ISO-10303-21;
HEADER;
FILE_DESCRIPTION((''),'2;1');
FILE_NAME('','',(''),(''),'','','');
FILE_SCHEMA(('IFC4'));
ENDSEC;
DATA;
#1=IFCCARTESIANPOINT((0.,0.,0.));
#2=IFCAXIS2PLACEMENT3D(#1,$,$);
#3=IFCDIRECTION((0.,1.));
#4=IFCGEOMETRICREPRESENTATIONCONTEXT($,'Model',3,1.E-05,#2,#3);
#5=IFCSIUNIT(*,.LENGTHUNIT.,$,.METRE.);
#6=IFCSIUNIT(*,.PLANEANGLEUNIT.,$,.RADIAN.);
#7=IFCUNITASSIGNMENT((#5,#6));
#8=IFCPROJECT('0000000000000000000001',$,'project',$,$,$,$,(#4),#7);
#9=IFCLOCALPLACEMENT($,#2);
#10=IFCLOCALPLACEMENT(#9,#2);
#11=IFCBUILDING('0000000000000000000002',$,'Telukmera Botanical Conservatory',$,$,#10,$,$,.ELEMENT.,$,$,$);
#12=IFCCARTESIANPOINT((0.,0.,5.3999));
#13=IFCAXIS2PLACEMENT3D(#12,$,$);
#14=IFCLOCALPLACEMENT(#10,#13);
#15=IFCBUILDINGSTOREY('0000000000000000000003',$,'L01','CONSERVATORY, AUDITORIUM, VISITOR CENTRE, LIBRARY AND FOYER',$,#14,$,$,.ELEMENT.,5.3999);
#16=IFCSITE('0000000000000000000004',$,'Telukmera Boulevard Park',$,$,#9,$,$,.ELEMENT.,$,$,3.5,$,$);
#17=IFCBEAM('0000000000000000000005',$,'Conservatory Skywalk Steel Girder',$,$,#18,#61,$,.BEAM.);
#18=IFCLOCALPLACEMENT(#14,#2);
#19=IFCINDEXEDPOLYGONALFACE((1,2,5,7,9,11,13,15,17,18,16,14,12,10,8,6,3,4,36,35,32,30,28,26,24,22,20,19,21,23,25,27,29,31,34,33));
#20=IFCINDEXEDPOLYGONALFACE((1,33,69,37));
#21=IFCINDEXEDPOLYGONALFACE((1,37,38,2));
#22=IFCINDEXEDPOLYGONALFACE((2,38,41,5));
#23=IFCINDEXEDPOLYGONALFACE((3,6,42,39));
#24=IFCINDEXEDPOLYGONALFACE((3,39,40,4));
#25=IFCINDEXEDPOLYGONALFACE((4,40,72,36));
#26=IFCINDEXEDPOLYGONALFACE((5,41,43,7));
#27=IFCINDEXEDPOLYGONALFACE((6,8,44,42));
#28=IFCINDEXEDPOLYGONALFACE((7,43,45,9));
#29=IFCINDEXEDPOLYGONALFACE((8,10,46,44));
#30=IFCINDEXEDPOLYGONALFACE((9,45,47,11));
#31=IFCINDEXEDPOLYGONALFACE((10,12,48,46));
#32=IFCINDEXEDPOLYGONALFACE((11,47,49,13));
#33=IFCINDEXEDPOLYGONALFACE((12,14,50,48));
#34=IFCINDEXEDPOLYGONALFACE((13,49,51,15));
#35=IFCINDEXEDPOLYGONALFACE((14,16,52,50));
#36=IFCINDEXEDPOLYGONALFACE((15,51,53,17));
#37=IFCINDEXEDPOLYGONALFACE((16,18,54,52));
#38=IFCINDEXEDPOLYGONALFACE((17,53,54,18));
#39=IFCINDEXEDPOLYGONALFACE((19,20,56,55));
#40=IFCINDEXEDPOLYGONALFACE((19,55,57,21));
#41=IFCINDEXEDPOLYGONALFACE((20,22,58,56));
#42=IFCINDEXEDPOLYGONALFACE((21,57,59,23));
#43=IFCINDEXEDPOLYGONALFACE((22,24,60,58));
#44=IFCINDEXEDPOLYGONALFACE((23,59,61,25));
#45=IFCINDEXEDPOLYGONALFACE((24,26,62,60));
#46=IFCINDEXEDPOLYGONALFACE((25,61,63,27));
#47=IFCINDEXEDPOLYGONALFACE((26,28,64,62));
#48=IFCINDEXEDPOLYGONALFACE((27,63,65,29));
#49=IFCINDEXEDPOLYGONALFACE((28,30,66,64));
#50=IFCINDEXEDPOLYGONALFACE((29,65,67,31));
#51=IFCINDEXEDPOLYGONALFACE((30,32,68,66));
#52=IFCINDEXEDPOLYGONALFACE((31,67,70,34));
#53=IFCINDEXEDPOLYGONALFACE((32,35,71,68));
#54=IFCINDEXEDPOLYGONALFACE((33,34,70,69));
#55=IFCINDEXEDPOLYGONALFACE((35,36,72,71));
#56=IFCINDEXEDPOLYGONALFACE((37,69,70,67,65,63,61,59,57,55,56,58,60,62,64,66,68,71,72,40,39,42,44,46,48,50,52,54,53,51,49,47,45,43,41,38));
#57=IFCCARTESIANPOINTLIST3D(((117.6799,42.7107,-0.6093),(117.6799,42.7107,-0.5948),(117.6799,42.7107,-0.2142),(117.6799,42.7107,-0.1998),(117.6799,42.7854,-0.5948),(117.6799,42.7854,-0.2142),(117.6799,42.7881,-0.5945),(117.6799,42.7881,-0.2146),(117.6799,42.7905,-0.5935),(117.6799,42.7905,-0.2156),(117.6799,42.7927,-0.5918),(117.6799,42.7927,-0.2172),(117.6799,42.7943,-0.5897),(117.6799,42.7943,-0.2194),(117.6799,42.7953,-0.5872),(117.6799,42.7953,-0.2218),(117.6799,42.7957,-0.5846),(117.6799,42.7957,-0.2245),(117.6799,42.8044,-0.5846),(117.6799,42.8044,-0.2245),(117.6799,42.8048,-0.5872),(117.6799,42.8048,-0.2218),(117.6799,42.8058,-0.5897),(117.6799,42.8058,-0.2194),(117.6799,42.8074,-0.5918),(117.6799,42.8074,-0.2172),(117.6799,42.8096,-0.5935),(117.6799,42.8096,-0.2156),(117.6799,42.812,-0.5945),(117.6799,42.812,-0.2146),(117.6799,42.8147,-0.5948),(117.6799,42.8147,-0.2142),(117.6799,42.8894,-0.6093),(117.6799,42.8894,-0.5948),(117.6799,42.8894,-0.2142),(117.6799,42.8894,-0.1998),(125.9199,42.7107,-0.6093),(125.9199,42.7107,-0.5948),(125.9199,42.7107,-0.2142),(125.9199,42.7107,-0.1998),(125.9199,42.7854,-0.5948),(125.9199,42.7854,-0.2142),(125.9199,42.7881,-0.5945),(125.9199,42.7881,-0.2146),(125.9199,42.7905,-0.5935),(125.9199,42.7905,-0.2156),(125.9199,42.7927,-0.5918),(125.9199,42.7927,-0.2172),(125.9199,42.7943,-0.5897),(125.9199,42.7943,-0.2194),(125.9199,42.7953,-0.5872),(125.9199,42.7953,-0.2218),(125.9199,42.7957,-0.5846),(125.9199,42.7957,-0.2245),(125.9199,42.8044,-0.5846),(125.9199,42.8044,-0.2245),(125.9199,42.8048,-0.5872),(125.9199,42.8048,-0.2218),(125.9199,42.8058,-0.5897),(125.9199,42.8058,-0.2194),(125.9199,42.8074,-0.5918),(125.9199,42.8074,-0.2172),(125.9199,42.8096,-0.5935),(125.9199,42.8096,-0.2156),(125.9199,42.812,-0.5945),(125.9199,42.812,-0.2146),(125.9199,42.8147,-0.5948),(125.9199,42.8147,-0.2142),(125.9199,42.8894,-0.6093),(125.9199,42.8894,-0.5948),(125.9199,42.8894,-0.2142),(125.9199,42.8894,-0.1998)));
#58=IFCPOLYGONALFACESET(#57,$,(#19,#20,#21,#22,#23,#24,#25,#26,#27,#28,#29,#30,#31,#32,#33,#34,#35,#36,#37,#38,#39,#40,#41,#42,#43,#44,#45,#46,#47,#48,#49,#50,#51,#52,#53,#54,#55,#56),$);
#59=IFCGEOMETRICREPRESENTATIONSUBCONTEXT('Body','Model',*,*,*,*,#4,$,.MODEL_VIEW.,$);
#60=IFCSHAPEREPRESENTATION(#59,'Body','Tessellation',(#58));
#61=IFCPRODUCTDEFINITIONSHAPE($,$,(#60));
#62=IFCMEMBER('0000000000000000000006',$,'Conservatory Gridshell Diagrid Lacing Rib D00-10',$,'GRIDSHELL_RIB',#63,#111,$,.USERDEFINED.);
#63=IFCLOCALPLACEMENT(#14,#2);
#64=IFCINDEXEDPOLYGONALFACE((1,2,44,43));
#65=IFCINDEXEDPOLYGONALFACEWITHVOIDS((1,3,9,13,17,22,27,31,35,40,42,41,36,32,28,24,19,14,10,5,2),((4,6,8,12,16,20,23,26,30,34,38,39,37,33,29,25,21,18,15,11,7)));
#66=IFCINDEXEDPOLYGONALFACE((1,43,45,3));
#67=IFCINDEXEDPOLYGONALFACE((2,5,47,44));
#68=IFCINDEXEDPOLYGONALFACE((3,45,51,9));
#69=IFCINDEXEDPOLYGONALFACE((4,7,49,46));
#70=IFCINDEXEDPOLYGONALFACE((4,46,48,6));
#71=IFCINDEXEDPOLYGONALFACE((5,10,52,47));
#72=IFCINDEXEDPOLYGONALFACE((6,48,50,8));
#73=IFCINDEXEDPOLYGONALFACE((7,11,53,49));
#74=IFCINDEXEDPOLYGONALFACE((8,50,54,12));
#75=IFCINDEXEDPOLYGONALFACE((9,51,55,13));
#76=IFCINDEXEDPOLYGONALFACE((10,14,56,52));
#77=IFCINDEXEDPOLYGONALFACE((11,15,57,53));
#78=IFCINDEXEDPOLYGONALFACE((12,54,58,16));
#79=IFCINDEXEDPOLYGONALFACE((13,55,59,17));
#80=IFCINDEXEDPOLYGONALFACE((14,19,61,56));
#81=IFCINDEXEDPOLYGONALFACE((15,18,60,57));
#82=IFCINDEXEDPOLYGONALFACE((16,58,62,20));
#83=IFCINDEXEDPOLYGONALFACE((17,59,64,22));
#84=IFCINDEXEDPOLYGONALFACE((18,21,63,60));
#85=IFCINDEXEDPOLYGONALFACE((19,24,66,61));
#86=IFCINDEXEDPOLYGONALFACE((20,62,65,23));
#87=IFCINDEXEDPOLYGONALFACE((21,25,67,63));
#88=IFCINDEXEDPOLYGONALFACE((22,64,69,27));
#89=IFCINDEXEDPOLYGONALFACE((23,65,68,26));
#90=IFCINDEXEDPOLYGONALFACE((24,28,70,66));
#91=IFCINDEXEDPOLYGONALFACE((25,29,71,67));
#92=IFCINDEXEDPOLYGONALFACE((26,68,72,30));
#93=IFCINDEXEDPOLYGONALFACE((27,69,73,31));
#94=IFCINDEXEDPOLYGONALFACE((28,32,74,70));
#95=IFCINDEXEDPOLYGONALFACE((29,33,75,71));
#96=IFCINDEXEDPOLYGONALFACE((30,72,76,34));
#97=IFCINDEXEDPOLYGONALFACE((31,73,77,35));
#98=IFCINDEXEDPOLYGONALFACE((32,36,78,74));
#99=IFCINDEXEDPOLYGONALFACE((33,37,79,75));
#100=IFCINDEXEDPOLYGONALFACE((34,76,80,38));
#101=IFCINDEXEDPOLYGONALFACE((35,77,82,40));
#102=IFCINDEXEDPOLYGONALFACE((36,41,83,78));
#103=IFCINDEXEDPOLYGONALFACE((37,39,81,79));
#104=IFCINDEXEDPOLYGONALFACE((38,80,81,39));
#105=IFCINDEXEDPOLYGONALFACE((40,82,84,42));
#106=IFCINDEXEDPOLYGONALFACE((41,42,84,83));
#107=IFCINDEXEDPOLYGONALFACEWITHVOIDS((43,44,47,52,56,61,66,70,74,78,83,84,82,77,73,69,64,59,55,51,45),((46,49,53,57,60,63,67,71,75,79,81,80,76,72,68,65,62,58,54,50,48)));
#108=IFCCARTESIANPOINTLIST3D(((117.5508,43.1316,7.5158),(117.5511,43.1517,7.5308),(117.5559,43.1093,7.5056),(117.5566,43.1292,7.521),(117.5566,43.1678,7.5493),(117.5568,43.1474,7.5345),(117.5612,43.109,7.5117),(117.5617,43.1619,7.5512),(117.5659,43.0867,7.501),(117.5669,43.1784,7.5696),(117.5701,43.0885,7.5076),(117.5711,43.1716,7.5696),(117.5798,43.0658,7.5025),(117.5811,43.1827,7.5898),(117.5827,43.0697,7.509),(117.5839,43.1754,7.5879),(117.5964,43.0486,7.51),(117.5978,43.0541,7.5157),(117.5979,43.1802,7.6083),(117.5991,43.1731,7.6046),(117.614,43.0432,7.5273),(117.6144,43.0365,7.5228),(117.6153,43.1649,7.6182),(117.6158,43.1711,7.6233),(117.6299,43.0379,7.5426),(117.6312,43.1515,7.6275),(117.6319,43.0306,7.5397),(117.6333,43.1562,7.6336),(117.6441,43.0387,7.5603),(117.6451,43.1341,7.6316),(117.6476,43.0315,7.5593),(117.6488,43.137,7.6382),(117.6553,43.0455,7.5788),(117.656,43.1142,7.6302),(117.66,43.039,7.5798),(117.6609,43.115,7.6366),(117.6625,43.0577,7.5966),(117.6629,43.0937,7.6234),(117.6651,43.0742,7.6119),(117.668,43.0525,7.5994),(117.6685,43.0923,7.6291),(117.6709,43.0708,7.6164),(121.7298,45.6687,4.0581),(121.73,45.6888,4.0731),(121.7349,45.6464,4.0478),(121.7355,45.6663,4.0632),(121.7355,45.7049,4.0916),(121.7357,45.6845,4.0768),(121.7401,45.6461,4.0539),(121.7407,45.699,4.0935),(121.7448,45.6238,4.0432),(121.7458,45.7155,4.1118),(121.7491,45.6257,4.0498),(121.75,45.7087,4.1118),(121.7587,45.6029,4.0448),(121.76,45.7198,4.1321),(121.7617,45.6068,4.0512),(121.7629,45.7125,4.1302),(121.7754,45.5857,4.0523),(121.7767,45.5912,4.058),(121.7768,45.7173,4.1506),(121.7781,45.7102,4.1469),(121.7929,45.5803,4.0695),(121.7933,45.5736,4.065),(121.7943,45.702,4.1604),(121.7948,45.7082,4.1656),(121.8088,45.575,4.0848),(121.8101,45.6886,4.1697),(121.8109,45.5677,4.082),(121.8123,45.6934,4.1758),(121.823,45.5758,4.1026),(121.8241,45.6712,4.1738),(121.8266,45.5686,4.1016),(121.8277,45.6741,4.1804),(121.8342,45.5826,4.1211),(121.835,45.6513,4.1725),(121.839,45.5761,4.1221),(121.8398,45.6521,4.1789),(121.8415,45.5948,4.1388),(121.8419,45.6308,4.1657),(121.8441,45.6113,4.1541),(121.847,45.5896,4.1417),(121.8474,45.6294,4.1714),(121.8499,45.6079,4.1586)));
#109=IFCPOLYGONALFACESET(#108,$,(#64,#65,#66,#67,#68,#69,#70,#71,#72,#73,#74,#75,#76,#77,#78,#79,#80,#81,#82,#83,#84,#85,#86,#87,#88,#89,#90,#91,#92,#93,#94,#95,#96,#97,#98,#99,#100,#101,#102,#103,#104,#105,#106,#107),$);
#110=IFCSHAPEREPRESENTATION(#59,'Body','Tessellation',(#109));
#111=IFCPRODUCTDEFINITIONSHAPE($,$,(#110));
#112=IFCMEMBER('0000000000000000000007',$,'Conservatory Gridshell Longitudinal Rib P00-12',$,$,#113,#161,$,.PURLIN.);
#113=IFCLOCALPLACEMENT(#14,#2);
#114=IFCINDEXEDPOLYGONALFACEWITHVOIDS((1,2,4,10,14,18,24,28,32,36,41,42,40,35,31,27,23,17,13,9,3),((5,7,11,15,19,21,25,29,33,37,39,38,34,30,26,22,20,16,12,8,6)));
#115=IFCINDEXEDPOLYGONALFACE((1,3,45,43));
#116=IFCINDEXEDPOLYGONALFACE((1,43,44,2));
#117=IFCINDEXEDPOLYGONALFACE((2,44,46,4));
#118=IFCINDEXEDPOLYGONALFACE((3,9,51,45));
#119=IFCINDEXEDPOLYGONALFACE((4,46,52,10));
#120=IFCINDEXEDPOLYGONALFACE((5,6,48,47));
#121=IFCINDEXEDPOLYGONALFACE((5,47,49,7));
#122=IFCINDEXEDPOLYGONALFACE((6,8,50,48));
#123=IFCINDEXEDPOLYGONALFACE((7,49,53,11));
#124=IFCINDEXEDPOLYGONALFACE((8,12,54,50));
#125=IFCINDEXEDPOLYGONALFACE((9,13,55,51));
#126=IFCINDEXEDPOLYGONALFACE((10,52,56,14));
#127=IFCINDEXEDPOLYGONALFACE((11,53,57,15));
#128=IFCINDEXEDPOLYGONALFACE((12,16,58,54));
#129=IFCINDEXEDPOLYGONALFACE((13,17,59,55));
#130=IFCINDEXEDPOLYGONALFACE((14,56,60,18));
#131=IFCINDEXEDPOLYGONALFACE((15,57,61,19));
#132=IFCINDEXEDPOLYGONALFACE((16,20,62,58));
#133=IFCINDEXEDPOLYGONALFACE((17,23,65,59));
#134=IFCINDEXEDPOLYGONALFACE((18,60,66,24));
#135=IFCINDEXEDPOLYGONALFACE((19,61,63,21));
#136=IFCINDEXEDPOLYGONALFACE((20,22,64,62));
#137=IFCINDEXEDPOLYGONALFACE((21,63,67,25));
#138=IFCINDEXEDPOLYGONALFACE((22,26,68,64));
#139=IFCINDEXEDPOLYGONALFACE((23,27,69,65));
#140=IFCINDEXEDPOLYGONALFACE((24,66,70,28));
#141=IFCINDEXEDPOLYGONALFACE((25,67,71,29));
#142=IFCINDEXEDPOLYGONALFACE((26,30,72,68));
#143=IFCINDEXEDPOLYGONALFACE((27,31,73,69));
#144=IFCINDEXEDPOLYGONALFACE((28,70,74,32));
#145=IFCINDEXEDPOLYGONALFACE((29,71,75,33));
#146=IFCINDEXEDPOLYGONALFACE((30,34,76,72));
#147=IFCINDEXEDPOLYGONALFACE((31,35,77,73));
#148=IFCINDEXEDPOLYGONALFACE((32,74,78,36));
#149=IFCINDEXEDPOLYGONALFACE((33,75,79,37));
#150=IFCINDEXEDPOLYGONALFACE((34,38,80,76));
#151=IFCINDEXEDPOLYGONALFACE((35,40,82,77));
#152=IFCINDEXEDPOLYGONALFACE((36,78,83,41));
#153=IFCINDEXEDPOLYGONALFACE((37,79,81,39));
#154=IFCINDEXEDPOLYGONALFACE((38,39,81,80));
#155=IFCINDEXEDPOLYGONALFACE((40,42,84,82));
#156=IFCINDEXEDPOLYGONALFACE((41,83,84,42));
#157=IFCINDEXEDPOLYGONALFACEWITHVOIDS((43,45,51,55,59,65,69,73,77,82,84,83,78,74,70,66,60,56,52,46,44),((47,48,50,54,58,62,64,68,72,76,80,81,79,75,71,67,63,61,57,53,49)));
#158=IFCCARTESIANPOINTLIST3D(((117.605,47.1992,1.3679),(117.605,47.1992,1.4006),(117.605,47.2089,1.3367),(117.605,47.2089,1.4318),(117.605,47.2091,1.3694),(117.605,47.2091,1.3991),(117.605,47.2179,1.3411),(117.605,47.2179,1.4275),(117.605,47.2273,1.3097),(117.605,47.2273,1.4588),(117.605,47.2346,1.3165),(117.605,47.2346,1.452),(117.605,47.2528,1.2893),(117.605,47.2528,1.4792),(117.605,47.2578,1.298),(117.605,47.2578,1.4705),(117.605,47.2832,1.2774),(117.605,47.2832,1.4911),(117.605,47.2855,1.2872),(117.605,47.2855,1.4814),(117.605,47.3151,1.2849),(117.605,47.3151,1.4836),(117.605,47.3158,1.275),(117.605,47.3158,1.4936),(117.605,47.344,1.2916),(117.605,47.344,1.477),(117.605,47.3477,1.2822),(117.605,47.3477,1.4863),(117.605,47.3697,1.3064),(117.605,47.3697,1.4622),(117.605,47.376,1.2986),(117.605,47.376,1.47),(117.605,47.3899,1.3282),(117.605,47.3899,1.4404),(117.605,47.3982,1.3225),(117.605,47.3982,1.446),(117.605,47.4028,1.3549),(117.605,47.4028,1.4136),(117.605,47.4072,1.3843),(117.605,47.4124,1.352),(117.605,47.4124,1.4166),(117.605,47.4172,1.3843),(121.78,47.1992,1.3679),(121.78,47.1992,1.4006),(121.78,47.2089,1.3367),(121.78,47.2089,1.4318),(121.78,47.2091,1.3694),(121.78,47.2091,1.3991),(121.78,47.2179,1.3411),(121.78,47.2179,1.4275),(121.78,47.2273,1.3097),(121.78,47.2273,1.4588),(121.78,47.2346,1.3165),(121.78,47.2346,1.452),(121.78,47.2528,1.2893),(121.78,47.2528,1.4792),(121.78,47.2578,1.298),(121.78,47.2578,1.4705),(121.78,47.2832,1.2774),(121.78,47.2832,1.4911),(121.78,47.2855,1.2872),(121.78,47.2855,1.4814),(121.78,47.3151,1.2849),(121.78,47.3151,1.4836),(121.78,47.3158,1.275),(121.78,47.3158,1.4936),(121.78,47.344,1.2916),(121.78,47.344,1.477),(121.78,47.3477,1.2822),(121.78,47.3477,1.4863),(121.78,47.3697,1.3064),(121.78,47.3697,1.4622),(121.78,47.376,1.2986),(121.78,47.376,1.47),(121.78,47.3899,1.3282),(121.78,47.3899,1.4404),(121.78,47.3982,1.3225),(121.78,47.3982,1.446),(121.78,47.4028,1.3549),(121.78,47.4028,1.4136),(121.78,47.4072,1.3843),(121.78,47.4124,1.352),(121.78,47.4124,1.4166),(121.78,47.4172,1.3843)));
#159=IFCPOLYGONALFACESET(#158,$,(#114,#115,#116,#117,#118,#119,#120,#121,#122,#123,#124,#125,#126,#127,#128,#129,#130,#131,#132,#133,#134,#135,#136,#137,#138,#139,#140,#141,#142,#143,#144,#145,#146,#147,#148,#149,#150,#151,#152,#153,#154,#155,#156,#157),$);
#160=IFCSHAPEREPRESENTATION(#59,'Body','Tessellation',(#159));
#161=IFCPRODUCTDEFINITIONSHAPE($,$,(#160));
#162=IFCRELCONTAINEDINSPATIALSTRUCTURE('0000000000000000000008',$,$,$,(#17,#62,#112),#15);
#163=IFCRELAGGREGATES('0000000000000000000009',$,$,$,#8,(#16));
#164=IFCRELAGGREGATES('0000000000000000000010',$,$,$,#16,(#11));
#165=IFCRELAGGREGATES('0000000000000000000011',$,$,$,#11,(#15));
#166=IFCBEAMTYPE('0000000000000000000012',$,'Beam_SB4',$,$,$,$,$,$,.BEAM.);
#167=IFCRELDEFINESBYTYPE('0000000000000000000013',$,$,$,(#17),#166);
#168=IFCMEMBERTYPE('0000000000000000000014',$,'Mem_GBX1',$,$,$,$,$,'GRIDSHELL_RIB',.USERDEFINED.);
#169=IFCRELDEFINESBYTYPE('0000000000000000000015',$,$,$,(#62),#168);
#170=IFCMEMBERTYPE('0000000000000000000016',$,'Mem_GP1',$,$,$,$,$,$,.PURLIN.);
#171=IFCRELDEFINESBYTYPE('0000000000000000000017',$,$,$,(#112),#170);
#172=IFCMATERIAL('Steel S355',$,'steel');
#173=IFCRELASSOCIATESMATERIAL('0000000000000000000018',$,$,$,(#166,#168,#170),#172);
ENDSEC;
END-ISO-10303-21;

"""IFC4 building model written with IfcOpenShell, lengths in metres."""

from ifc_helpers import new_model, si_unit, direction, frame, origin, origin_2d, place, context, subcontext, project, spatial, hollow_circle, i_section, extrude, material, material_profile, profile_set, type_object, element, save


model = new_model("IFC4")

# Units and contexts
model_context = context("Model", 3, precision=1e-05, world=origin(), true_north=direction((0.0, 1.0)))
body_context = subcontext(model_context, "Body", "Model", "MODEL_VIEW")
ifc_project = project(units=[si_unit("LENGTHUNIT", "METRE"), si_unit("PLANEANGLEUNIT", "RADIAN")], contexts=[model_context])

# Site, building, storey
site_placement = place(None, origin())
site = spatial("IfcSite", under=ifc_project, at=site_placement, Name="Telukmera Boulevard Park", CompositionType="ELEMENT", RefElevation=3.5)
building_placement = place(site_placement, origin())
building = spatial("IfcBuilding", under=site, at=building_placement, Name="Telukmera Botanical Conservatory", CompositionType="ELEMENT")
storey_placement = place(building_placement, frame((0.0, 0.0, 5.3999)))
storey = spatial("IfcBuildingStorey", under=building, at=storey_placement, Name="L01", Description="CONSERVATORY, AUDITORIUM, VISITOR CENTRE, LIBRARY AND FOYER", CompositionType="ELEMENT", Elevation=5.3999)

# Beam
ifc_material_1 = material(Name="Steel S355", Category="steel")
ifc_material_profile_1 = material_profile(ifc_material_1, i_section(OverallWidth=0.1787, OverallDepth=0.4094, WebThickness=0.0088, FlangeThickness=0.0144, FilletRadius=0.0103, at=origin_2d()), Name="UB 406x178x67")
ifc_profile_set_1 = profile_set([ifc_material_profile_1], Name="Steel S355")
beam_type_1 = type_object("IfcBeamType", Name="Beam_SB4", PredefinedType="BEAM", material=ifc_profile_set_1)
beam_1_placement = place(storey_placement, frame((117.6799, 42.8, -0.4045), z_axis=(1.0, 0.0, 0.0), x_axis=(0.0, 1.0, 0.0)))
element("IfcBeam", 1, at=beam_1_placement, inside=storey, type_object=beam_type_1, Name="Conservatory Skywalk Steel Girder", PredefinedType="BEAM", context=body_context, shape_type="SweptSolid", body=[
    extrude(i_section(OverallWidth=0.1787, OverallDepth=0.4094, WebThickness=0.0088, FlangeThickness=0.0144, FilletRadius=0.0103, at=origin_2d()), origin(), (0.0, 0.0, 1.0), 8.24),
])

# Members
ifc_material_profile_2 = material_profile(ifc_material_1, hollow_circle(Radius=0.0842, WallThickness=0.0081, at=origin_2d()), Name="CHS 168.3x8.0")
ifc_profile_set_2 = profile_set([ifc_material_profile_2], Name="Steel S355")
member_type_1 = type_object("IfcMemberType", Name="Mem_GBX1", ElementType="GRIDSHELL_RIB", PredefinedType="USERDEFINED", material=ifc_profile_set_2)
member_1_placement = place(storey_placement, frame((117.6106, 43.1064, 7.5696), z_axis=(0.697883, 0.423696, -0.577444), x_axis=(-0.518961, 0.854798, 0.0)))
element("IfcMember", 2, at=member_1_placement, inside=storey, type_object=member_type_1, Name="Conservatory Gridshell Diagrid Lacing Rib D00-10", ObjectType="GRIDSHELL_RIB", PredefinedType="USERDEFINED", context=body_context, shape_type="SweptSolid", body=[
    extrude(hollow_circle(Radius=0.0842, WallThickness=0.0081, at=origin_2d()), origin(), (0.0, 0.0, 1.0), 5.988),
])
ifc_material_profile_3 = material_profile(ifc_material_1, hollow_circle(Radius=0.1096, WallThickness=0.01, at=origin_2d()), Name="CHS 219.1x10.0")
ifc_profile_set_3 = profile_set([ifc_material_profile_3], Name="Steel S355")
member_type_2 = type_object("IfcMemberType", Name="Mem_GP1", PredefinedType="PURLIN", material=ifc_profile_set_3)
member_2_placement = place(storey_placement, frame((117.605, 47.3076, 1.3843), z_axis=(1.0, 0.0, 0.0), x_axis=(0.0, 1.0, 0.0)))
element("IfcMember", 3, at=member_2_placement, inside=storey, type_object=member_type_2, Name="Conservatory Gridshell Longitudinal Rib P00-12", PredefinedType="PURLIN", context=body_context, shape_type="SweptSolid", body=[
    extrude(hollow_circle(Radius=0.1096, WallThickness=0.01, at=origin_2d()), origin(), (0.0, 0.0, 1.0), 4.175),
])

save(model, "model.ifc")
